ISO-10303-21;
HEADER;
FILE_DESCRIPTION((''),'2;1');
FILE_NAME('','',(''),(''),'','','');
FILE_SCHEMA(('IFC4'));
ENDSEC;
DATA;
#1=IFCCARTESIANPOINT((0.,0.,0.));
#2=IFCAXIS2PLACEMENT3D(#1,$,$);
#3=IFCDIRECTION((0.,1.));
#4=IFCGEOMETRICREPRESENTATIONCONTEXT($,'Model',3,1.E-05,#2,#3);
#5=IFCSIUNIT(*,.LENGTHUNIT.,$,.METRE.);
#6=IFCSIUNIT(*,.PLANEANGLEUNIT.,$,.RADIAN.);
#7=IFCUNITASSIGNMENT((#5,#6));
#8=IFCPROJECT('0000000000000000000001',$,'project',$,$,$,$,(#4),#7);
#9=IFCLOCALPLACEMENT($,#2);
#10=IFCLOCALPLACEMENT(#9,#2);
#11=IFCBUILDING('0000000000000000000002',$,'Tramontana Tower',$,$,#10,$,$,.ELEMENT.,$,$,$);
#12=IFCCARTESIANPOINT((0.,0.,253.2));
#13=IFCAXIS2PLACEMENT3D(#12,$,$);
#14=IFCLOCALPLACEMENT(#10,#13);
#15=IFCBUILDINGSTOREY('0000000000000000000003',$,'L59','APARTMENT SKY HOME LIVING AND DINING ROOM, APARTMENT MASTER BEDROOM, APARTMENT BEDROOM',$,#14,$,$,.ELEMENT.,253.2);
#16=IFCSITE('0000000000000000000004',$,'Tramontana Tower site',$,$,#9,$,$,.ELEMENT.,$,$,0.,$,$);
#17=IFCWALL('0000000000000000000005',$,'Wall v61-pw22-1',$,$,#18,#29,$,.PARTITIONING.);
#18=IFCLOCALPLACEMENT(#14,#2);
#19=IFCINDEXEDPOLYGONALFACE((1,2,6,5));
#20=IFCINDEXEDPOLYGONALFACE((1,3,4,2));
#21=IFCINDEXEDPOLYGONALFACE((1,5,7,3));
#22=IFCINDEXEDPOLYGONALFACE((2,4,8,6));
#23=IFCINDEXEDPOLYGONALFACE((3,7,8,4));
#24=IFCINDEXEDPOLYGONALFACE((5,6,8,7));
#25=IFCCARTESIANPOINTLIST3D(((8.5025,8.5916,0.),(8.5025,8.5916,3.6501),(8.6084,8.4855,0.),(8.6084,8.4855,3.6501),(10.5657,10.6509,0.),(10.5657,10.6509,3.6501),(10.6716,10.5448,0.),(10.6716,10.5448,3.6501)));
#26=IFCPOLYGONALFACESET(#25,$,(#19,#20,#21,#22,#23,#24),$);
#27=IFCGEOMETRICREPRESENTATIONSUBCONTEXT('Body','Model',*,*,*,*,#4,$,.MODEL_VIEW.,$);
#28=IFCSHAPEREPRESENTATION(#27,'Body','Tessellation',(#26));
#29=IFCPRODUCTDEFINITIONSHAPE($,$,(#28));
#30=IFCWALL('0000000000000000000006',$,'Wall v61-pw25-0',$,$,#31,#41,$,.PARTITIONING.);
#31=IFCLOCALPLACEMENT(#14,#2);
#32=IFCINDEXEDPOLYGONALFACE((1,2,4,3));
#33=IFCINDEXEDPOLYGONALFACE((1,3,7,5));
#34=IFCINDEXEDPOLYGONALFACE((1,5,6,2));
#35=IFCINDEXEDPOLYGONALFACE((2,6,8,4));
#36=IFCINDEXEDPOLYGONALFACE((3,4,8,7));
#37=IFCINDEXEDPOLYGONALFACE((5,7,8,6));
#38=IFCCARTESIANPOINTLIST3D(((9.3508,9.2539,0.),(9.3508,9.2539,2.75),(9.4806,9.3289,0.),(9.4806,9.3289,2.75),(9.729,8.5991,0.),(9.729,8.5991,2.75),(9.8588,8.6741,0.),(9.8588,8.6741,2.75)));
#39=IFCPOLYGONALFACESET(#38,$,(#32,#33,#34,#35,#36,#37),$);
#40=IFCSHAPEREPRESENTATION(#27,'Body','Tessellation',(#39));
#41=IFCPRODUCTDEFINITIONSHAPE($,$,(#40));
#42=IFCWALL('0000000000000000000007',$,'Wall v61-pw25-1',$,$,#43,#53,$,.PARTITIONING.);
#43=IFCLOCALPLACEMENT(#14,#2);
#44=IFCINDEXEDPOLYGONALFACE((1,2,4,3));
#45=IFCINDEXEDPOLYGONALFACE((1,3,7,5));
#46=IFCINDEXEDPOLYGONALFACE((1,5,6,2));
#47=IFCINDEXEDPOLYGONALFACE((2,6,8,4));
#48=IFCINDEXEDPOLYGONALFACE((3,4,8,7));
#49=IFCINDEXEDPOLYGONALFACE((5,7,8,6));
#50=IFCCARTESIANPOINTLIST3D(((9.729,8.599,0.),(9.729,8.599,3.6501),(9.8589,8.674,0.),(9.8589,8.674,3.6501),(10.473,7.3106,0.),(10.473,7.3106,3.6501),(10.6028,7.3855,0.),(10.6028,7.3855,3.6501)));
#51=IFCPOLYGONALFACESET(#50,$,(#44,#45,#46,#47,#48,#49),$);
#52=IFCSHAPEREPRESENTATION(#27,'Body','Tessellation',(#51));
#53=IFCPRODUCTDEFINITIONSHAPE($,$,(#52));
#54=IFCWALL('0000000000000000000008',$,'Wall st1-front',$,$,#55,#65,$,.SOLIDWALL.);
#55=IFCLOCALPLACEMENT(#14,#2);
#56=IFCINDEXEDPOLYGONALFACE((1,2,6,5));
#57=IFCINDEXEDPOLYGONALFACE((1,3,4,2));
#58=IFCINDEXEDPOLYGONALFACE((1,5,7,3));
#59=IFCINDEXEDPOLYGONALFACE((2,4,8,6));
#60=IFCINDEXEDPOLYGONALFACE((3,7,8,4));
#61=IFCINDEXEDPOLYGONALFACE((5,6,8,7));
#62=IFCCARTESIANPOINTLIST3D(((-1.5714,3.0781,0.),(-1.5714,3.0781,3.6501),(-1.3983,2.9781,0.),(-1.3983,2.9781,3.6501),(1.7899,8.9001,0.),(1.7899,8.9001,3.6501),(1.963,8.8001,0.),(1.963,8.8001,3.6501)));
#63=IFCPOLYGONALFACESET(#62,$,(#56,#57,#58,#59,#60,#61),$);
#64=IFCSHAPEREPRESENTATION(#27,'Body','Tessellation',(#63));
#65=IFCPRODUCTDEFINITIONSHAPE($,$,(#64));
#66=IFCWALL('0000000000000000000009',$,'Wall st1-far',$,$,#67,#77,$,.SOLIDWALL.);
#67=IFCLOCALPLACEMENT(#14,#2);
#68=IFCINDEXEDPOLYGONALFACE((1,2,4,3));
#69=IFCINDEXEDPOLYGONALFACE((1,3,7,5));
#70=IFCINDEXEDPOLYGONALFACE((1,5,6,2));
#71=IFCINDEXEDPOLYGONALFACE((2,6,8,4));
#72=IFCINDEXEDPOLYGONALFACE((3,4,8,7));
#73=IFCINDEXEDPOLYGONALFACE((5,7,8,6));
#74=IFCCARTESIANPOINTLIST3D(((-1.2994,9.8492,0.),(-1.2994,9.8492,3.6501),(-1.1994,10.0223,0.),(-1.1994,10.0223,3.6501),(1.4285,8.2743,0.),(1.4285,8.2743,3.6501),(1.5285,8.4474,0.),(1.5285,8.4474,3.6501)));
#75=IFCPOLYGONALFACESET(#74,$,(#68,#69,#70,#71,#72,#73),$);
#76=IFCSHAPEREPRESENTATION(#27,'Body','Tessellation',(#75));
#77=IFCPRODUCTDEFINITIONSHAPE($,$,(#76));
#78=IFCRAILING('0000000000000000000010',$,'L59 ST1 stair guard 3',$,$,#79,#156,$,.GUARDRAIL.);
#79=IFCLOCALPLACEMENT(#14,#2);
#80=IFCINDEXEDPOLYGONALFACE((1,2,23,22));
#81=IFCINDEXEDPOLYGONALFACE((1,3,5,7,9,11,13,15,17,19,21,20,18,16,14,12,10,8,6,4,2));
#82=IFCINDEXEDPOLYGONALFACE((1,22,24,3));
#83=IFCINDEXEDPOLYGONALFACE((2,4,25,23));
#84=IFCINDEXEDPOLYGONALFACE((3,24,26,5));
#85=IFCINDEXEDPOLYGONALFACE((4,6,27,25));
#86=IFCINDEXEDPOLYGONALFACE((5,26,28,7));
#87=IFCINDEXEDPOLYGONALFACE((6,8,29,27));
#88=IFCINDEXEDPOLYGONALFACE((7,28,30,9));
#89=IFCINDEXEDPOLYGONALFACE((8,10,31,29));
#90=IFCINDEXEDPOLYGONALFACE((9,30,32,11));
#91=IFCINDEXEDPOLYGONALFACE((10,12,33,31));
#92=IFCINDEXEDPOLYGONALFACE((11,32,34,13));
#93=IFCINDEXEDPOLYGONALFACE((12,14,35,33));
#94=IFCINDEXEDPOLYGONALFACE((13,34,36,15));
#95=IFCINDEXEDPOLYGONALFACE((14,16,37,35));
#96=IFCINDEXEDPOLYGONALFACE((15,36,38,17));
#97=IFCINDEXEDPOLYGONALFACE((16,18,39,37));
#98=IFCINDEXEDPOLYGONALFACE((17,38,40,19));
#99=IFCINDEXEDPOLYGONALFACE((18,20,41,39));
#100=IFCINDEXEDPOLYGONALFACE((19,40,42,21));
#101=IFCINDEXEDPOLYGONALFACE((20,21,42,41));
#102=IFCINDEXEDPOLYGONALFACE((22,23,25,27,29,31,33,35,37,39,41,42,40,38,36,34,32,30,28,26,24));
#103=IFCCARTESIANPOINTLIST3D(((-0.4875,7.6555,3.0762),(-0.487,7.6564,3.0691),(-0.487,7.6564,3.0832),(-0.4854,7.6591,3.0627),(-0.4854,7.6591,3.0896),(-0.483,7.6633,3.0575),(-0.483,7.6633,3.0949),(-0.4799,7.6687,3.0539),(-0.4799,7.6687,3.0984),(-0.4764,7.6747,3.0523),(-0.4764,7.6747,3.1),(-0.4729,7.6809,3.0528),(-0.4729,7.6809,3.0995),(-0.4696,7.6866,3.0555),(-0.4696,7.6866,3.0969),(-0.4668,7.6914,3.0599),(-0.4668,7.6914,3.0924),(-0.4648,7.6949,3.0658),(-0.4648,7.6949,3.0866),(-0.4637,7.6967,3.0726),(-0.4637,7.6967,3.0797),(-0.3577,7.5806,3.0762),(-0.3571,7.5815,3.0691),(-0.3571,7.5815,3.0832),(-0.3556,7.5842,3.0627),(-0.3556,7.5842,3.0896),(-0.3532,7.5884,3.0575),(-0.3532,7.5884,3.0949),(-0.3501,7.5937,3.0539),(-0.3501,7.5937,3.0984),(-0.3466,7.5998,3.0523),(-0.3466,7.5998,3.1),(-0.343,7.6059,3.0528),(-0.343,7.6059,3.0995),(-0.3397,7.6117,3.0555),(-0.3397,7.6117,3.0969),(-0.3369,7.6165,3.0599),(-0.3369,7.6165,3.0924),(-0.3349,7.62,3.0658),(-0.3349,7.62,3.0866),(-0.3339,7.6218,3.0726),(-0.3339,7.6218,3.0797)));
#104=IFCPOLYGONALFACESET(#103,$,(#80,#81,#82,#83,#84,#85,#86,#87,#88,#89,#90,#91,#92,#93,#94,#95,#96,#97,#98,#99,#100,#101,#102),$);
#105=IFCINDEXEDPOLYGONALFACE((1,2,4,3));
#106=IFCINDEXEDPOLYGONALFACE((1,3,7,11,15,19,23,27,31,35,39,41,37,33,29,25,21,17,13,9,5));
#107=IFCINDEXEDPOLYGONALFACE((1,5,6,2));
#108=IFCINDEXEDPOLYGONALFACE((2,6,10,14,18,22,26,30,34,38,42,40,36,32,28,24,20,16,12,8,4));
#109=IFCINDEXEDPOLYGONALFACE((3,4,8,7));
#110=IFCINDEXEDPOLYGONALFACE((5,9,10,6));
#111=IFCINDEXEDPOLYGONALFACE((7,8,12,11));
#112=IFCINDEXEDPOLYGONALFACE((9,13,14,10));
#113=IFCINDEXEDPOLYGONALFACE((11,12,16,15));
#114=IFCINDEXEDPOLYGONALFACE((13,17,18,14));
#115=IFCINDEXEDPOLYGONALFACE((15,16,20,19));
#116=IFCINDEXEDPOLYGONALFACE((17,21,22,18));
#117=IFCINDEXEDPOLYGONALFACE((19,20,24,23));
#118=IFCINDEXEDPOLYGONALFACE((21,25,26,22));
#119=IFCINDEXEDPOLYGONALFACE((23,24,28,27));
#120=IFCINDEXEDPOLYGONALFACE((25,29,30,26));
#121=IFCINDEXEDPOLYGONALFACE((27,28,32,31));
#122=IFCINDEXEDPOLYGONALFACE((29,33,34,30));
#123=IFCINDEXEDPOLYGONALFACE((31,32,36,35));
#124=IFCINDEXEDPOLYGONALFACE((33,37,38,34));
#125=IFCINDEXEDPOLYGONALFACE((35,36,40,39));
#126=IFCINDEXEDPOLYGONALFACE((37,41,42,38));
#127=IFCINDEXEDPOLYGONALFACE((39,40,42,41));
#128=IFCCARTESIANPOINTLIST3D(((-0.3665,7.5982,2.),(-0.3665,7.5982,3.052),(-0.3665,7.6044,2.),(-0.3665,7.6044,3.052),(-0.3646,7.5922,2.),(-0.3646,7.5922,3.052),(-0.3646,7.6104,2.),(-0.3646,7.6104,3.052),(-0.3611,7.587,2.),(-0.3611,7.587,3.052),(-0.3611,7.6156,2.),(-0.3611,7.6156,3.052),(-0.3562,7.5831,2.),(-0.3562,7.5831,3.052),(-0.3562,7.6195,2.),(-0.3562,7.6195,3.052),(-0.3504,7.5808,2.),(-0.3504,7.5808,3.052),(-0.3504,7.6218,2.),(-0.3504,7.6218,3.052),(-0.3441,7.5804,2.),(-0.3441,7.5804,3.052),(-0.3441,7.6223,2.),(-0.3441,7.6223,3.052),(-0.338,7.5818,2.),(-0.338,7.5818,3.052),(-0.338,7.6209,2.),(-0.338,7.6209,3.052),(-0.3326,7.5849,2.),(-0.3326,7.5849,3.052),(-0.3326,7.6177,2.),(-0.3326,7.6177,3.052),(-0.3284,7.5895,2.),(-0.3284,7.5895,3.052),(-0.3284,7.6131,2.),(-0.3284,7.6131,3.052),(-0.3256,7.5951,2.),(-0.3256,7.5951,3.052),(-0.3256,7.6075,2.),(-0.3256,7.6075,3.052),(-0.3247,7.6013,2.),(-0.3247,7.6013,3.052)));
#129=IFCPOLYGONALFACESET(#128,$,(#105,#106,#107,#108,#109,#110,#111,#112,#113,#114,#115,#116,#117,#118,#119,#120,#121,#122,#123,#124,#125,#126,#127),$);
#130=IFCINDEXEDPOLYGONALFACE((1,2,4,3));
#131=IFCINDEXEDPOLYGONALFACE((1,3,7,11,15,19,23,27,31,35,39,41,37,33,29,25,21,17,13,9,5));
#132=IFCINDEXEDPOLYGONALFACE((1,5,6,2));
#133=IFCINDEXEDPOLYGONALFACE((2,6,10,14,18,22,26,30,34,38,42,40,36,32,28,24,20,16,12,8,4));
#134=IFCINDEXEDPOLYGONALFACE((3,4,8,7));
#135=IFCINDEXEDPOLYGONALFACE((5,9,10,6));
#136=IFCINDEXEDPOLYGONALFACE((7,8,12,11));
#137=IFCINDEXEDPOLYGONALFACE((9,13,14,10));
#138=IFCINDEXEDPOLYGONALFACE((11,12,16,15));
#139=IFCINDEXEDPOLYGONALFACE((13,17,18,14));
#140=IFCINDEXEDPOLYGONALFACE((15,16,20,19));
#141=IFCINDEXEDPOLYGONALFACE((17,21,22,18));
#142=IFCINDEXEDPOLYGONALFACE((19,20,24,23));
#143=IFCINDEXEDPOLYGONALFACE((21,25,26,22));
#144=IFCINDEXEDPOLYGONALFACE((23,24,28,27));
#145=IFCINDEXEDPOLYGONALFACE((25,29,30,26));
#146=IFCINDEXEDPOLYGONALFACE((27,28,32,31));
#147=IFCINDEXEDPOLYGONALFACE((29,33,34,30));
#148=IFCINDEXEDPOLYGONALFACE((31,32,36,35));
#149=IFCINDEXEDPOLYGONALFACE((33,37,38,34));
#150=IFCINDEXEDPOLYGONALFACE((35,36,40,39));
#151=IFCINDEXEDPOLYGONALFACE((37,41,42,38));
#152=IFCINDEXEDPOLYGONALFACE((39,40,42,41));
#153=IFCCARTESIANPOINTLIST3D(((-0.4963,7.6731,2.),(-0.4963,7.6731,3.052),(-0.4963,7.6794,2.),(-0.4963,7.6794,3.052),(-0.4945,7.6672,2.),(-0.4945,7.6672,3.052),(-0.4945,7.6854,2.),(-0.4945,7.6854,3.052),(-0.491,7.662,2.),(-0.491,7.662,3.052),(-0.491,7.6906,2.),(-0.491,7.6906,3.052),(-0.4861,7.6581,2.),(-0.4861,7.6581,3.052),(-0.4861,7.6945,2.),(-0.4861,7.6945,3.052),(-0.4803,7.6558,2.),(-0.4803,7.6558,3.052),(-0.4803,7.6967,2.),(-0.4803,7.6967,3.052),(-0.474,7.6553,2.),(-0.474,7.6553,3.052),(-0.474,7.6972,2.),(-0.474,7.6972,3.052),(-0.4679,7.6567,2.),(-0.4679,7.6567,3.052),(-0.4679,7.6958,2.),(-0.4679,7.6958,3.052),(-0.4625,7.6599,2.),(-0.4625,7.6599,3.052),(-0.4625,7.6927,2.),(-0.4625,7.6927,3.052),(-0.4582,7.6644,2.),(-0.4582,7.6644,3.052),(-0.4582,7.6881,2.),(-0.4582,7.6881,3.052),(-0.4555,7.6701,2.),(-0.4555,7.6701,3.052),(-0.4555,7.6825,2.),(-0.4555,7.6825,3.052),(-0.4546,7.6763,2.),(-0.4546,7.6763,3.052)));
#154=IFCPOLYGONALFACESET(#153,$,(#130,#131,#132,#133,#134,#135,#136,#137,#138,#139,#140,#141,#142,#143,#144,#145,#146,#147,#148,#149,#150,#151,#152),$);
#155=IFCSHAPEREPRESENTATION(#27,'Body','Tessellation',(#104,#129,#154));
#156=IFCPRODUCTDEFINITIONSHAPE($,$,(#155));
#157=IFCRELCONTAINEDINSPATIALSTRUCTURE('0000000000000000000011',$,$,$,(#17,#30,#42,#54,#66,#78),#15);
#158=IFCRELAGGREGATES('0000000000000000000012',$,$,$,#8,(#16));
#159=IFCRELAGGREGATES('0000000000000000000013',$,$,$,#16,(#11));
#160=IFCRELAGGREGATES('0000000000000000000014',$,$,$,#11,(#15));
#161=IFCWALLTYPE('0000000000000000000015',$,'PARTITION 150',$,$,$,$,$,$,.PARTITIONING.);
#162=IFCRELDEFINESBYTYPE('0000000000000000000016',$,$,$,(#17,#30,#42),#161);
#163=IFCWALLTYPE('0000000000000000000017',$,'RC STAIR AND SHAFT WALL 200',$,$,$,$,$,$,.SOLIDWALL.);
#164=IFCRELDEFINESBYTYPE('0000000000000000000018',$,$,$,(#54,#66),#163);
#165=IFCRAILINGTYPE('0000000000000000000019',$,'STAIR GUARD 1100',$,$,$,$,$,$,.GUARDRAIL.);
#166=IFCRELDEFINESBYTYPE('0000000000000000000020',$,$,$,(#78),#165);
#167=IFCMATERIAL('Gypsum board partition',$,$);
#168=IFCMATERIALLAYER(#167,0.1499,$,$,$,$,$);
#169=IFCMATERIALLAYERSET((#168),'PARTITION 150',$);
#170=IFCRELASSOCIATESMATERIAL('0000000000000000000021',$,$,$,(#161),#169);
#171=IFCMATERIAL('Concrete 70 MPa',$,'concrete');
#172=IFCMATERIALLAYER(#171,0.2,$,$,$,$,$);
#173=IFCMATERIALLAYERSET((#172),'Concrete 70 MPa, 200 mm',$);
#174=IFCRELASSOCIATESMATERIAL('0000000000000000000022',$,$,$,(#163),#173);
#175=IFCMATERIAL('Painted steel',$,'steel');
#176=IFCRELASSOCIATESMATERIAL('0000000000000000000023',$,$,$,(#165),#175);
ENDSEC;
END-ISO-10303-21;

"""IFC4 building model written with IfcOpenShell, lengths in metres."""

from ifc_helpers import new_model, si_unit, direction, frame, frame_2d, origin, origin_2d, place, context, subcontext, project, spatial, rectangle, circle, extrude, material, layer, layer_set, type_object, element, save


model = new_model("IFC4")

# Units and contexts
model_context = context("Model", 3, precision=1e-05, world=origin(), true_north=direction((0.0, 1.0)))
body_context = subcontext(model_context, "Body", "Model", "MODEL_VIEW")
ifc_project = project(units=[si_unit("LENGTHUNIT", "METRE"), si_unit("PLANEANGLEUNIT", "RADIAN")], contexts=[model_context])

# Site, building, storey
site_placement = place(None, origin())
site = spatial("IfcSite", under=ifc_project, at=site_placement, Name="Tramontana Tower site", CompositionType="ELEMENT", RefElevation=0.0)
building_placement = place(site_placement, origin())
building = spatial("IfcBuilding", under=site, at=building_placement, Name="Tramontana Tower", CompositionType="ELEMENT")
storey_placement = place(building_placement, frame((0.0, 0.0, 253.2)))
storey = spatial("IfcBuildingStorey", under=building, at=storey_placement, Name="L59", Description="APARTMENT SKY HOME LIVING AND DINING ROOM, APARTMENT MASTER BEDROOM, APARTMENT BEDROOM", CompositionType="ELEMENT", Elevation=253.2)

# Shared definitions
ifc_material_1 = material(Name="Gypsum board partition")
ifc_layer_1 = layer(ifc_material_1, 0.1499)
ifc_layer_set_1 = layer_set([ifc_layer_1], Name="PARTITION 150")
wall_type_1 = type_object("IfcWallType", Name="PARTITION 150", PredefinedType="PARTITIONING", material=ifc_layer_set_1)

# Walls
wall_1_placement = place(storey_placement, frame((8.5554, 8.5386, 0.0), z_axis=(0.0, 0.0, 1.0), x_axis=(0.707776, 0.706436, 0.0)))
element("IfcWall", 1, at=wall_1_placement, inside=storey, type_object=wall_type_1, Name="Wall v61-pw22-1", PredefinedType="PARTITIONING", context=body_context, shape_type="SweptSolid", body=[
    extrude(rectangle(XDim=2.915, YDim=0.1499, at=frame_2d((1.4575, 0.0))), origin(), (0.0, 0.0, 1.0), 3.6501),
])
wall_2_placement = place(storey_placement, frame((9.4158, 9.2913, 0.0), z_axis=(0.0, 0.0, 1.0), x_axis=(0.500132, -0.865949, 0.0)))
element("IfcWall", 2, at=wall_2_placement, inside=storey, type_object=wall_type_1, Name="Wall v61-pw25-0", PredefinedType="PARTITIONING", context=body_context, shape_type="SweptSolid", body=[
    extrude(rectangle(XDim=0.7561, YDim=0.1499, at=frame_2d((0.3779, 0.0))), origin(), (0.0, 0.0, 1.0), 2.75),
])
wall_3_placement = place(storey_placement, frame((9.7939, 8.6365, 0.0), z_axis=(0.0, 0.0, 1.0), x_axis=(0.50004, -0.866002, 0.0)))
element("IfcWall", 3, at=wall_3_placement, inside=storey, type_object=wall_type_1, Name="Wall v61-pw25-1", PredefinedType="PARTITIONING", context=body_context, shape_type="SweptSolid", body=[
    extrude(rectangle(XDim=1.4878, YDim=0.1499, at=frame_2d((0.7439, 0.0))), origin(), (0.0, 0.0, 1.0), 3.6501),
])

# Walls
ifc_material_2 = material(Name="Concrete 70 MPa", Category="concrete")
ifc_layer_2 = layer(ifc_material_2, 0.2)
ifc_layer_set_2 = layer_set([ifc_layer_2], Name="Concrete 70 MPa, 200 mm")
wall_type_2 = type_object("IfcWallType", Name="RC STAIR AND SHAFT WALL 200", PredefinedType="SOLIDWALL", material=ifc_layer_set_2)
wall_4_placement = place(storey_placement, frame((1.8765, 8.8501, 0.0), z_axis=(0.0, 0.0, 1.0), x_axis=(-0.499998, -0.866027, 0.0)))
element("IfcWall", 4, at=wall_4_placement, inside=storey, type_object=wall_type_2, Name="Wall st1-front", PredefinedType="SOLIDWALL", context=body_context, shape_type="SweptSolid", body=[
    extrude(rectangle(XDim=6.7227, YDim=0.2, at=frame_2d((3.3613, 0.0))), origin(), (0.0, 0.0, 1.0), 3.6501),
])
wall_5_placement = place(storey_placement, frame((1.4785, 8.3608, 0.0), z_axis=(0.0, 0.0, 1.0), x_axis=(-0.866036, 0.499982, 0.0)))
element("IfcWall", 5, at=wall_5_placement, inside=storey, type_object=wall_type_2, Name="Wall st1-far", PredefinedType="SOLIDWALL", context=body_context, shape_type="SweptSolid", body=[
    extrude(rectangle(XDim=3.1499, YDim=0.2, at=frame_2d((1.575, 0.0))), origin(), (0.0, 0.0, 1.0), 3.6501),
])

# Railing
ifc_material_3 = material(Name="Painted steel", Category="steel")
railing_type = type_object("IfcRailingType", Name="STAIR GUARD 1100", PredefinedType="GUARDRAIL", material=ifc_material_3)
railing_placement = place(storey_placement, frame((-0.3457, 7.6013, 2.0)))
element("IfcRailing", 6, at=railing_placement, inside=storey, type_object=railing_type, Name="L59 ST1 stair guard 3", PredefinedType="GUARDRAIL", context=body_context, shape_type="SweptSolid", body=[
    extrude(circle(Radius=0.0239, at=origin_2d()), frame((0.0, 0.0, 1.0762), z_axis=(-0.866131, 0.499816, 0.0), x_axis=(-0.499816, -0.866131, 0.0)), (0.0, 0.0, 1.0), 0.1499),
    extrude(circle(Radius=0.021, at=origin_2d()), origin(), (0.0, 0.0, 1.0), 1.052),
    extrude(circle(Radius=0.021, at=origin_2d()), frame((-0.1299, 0.075, 0.0)), (0.0, 0.0, 1.0), 1.052),
])

save(model, "model.ifc")
